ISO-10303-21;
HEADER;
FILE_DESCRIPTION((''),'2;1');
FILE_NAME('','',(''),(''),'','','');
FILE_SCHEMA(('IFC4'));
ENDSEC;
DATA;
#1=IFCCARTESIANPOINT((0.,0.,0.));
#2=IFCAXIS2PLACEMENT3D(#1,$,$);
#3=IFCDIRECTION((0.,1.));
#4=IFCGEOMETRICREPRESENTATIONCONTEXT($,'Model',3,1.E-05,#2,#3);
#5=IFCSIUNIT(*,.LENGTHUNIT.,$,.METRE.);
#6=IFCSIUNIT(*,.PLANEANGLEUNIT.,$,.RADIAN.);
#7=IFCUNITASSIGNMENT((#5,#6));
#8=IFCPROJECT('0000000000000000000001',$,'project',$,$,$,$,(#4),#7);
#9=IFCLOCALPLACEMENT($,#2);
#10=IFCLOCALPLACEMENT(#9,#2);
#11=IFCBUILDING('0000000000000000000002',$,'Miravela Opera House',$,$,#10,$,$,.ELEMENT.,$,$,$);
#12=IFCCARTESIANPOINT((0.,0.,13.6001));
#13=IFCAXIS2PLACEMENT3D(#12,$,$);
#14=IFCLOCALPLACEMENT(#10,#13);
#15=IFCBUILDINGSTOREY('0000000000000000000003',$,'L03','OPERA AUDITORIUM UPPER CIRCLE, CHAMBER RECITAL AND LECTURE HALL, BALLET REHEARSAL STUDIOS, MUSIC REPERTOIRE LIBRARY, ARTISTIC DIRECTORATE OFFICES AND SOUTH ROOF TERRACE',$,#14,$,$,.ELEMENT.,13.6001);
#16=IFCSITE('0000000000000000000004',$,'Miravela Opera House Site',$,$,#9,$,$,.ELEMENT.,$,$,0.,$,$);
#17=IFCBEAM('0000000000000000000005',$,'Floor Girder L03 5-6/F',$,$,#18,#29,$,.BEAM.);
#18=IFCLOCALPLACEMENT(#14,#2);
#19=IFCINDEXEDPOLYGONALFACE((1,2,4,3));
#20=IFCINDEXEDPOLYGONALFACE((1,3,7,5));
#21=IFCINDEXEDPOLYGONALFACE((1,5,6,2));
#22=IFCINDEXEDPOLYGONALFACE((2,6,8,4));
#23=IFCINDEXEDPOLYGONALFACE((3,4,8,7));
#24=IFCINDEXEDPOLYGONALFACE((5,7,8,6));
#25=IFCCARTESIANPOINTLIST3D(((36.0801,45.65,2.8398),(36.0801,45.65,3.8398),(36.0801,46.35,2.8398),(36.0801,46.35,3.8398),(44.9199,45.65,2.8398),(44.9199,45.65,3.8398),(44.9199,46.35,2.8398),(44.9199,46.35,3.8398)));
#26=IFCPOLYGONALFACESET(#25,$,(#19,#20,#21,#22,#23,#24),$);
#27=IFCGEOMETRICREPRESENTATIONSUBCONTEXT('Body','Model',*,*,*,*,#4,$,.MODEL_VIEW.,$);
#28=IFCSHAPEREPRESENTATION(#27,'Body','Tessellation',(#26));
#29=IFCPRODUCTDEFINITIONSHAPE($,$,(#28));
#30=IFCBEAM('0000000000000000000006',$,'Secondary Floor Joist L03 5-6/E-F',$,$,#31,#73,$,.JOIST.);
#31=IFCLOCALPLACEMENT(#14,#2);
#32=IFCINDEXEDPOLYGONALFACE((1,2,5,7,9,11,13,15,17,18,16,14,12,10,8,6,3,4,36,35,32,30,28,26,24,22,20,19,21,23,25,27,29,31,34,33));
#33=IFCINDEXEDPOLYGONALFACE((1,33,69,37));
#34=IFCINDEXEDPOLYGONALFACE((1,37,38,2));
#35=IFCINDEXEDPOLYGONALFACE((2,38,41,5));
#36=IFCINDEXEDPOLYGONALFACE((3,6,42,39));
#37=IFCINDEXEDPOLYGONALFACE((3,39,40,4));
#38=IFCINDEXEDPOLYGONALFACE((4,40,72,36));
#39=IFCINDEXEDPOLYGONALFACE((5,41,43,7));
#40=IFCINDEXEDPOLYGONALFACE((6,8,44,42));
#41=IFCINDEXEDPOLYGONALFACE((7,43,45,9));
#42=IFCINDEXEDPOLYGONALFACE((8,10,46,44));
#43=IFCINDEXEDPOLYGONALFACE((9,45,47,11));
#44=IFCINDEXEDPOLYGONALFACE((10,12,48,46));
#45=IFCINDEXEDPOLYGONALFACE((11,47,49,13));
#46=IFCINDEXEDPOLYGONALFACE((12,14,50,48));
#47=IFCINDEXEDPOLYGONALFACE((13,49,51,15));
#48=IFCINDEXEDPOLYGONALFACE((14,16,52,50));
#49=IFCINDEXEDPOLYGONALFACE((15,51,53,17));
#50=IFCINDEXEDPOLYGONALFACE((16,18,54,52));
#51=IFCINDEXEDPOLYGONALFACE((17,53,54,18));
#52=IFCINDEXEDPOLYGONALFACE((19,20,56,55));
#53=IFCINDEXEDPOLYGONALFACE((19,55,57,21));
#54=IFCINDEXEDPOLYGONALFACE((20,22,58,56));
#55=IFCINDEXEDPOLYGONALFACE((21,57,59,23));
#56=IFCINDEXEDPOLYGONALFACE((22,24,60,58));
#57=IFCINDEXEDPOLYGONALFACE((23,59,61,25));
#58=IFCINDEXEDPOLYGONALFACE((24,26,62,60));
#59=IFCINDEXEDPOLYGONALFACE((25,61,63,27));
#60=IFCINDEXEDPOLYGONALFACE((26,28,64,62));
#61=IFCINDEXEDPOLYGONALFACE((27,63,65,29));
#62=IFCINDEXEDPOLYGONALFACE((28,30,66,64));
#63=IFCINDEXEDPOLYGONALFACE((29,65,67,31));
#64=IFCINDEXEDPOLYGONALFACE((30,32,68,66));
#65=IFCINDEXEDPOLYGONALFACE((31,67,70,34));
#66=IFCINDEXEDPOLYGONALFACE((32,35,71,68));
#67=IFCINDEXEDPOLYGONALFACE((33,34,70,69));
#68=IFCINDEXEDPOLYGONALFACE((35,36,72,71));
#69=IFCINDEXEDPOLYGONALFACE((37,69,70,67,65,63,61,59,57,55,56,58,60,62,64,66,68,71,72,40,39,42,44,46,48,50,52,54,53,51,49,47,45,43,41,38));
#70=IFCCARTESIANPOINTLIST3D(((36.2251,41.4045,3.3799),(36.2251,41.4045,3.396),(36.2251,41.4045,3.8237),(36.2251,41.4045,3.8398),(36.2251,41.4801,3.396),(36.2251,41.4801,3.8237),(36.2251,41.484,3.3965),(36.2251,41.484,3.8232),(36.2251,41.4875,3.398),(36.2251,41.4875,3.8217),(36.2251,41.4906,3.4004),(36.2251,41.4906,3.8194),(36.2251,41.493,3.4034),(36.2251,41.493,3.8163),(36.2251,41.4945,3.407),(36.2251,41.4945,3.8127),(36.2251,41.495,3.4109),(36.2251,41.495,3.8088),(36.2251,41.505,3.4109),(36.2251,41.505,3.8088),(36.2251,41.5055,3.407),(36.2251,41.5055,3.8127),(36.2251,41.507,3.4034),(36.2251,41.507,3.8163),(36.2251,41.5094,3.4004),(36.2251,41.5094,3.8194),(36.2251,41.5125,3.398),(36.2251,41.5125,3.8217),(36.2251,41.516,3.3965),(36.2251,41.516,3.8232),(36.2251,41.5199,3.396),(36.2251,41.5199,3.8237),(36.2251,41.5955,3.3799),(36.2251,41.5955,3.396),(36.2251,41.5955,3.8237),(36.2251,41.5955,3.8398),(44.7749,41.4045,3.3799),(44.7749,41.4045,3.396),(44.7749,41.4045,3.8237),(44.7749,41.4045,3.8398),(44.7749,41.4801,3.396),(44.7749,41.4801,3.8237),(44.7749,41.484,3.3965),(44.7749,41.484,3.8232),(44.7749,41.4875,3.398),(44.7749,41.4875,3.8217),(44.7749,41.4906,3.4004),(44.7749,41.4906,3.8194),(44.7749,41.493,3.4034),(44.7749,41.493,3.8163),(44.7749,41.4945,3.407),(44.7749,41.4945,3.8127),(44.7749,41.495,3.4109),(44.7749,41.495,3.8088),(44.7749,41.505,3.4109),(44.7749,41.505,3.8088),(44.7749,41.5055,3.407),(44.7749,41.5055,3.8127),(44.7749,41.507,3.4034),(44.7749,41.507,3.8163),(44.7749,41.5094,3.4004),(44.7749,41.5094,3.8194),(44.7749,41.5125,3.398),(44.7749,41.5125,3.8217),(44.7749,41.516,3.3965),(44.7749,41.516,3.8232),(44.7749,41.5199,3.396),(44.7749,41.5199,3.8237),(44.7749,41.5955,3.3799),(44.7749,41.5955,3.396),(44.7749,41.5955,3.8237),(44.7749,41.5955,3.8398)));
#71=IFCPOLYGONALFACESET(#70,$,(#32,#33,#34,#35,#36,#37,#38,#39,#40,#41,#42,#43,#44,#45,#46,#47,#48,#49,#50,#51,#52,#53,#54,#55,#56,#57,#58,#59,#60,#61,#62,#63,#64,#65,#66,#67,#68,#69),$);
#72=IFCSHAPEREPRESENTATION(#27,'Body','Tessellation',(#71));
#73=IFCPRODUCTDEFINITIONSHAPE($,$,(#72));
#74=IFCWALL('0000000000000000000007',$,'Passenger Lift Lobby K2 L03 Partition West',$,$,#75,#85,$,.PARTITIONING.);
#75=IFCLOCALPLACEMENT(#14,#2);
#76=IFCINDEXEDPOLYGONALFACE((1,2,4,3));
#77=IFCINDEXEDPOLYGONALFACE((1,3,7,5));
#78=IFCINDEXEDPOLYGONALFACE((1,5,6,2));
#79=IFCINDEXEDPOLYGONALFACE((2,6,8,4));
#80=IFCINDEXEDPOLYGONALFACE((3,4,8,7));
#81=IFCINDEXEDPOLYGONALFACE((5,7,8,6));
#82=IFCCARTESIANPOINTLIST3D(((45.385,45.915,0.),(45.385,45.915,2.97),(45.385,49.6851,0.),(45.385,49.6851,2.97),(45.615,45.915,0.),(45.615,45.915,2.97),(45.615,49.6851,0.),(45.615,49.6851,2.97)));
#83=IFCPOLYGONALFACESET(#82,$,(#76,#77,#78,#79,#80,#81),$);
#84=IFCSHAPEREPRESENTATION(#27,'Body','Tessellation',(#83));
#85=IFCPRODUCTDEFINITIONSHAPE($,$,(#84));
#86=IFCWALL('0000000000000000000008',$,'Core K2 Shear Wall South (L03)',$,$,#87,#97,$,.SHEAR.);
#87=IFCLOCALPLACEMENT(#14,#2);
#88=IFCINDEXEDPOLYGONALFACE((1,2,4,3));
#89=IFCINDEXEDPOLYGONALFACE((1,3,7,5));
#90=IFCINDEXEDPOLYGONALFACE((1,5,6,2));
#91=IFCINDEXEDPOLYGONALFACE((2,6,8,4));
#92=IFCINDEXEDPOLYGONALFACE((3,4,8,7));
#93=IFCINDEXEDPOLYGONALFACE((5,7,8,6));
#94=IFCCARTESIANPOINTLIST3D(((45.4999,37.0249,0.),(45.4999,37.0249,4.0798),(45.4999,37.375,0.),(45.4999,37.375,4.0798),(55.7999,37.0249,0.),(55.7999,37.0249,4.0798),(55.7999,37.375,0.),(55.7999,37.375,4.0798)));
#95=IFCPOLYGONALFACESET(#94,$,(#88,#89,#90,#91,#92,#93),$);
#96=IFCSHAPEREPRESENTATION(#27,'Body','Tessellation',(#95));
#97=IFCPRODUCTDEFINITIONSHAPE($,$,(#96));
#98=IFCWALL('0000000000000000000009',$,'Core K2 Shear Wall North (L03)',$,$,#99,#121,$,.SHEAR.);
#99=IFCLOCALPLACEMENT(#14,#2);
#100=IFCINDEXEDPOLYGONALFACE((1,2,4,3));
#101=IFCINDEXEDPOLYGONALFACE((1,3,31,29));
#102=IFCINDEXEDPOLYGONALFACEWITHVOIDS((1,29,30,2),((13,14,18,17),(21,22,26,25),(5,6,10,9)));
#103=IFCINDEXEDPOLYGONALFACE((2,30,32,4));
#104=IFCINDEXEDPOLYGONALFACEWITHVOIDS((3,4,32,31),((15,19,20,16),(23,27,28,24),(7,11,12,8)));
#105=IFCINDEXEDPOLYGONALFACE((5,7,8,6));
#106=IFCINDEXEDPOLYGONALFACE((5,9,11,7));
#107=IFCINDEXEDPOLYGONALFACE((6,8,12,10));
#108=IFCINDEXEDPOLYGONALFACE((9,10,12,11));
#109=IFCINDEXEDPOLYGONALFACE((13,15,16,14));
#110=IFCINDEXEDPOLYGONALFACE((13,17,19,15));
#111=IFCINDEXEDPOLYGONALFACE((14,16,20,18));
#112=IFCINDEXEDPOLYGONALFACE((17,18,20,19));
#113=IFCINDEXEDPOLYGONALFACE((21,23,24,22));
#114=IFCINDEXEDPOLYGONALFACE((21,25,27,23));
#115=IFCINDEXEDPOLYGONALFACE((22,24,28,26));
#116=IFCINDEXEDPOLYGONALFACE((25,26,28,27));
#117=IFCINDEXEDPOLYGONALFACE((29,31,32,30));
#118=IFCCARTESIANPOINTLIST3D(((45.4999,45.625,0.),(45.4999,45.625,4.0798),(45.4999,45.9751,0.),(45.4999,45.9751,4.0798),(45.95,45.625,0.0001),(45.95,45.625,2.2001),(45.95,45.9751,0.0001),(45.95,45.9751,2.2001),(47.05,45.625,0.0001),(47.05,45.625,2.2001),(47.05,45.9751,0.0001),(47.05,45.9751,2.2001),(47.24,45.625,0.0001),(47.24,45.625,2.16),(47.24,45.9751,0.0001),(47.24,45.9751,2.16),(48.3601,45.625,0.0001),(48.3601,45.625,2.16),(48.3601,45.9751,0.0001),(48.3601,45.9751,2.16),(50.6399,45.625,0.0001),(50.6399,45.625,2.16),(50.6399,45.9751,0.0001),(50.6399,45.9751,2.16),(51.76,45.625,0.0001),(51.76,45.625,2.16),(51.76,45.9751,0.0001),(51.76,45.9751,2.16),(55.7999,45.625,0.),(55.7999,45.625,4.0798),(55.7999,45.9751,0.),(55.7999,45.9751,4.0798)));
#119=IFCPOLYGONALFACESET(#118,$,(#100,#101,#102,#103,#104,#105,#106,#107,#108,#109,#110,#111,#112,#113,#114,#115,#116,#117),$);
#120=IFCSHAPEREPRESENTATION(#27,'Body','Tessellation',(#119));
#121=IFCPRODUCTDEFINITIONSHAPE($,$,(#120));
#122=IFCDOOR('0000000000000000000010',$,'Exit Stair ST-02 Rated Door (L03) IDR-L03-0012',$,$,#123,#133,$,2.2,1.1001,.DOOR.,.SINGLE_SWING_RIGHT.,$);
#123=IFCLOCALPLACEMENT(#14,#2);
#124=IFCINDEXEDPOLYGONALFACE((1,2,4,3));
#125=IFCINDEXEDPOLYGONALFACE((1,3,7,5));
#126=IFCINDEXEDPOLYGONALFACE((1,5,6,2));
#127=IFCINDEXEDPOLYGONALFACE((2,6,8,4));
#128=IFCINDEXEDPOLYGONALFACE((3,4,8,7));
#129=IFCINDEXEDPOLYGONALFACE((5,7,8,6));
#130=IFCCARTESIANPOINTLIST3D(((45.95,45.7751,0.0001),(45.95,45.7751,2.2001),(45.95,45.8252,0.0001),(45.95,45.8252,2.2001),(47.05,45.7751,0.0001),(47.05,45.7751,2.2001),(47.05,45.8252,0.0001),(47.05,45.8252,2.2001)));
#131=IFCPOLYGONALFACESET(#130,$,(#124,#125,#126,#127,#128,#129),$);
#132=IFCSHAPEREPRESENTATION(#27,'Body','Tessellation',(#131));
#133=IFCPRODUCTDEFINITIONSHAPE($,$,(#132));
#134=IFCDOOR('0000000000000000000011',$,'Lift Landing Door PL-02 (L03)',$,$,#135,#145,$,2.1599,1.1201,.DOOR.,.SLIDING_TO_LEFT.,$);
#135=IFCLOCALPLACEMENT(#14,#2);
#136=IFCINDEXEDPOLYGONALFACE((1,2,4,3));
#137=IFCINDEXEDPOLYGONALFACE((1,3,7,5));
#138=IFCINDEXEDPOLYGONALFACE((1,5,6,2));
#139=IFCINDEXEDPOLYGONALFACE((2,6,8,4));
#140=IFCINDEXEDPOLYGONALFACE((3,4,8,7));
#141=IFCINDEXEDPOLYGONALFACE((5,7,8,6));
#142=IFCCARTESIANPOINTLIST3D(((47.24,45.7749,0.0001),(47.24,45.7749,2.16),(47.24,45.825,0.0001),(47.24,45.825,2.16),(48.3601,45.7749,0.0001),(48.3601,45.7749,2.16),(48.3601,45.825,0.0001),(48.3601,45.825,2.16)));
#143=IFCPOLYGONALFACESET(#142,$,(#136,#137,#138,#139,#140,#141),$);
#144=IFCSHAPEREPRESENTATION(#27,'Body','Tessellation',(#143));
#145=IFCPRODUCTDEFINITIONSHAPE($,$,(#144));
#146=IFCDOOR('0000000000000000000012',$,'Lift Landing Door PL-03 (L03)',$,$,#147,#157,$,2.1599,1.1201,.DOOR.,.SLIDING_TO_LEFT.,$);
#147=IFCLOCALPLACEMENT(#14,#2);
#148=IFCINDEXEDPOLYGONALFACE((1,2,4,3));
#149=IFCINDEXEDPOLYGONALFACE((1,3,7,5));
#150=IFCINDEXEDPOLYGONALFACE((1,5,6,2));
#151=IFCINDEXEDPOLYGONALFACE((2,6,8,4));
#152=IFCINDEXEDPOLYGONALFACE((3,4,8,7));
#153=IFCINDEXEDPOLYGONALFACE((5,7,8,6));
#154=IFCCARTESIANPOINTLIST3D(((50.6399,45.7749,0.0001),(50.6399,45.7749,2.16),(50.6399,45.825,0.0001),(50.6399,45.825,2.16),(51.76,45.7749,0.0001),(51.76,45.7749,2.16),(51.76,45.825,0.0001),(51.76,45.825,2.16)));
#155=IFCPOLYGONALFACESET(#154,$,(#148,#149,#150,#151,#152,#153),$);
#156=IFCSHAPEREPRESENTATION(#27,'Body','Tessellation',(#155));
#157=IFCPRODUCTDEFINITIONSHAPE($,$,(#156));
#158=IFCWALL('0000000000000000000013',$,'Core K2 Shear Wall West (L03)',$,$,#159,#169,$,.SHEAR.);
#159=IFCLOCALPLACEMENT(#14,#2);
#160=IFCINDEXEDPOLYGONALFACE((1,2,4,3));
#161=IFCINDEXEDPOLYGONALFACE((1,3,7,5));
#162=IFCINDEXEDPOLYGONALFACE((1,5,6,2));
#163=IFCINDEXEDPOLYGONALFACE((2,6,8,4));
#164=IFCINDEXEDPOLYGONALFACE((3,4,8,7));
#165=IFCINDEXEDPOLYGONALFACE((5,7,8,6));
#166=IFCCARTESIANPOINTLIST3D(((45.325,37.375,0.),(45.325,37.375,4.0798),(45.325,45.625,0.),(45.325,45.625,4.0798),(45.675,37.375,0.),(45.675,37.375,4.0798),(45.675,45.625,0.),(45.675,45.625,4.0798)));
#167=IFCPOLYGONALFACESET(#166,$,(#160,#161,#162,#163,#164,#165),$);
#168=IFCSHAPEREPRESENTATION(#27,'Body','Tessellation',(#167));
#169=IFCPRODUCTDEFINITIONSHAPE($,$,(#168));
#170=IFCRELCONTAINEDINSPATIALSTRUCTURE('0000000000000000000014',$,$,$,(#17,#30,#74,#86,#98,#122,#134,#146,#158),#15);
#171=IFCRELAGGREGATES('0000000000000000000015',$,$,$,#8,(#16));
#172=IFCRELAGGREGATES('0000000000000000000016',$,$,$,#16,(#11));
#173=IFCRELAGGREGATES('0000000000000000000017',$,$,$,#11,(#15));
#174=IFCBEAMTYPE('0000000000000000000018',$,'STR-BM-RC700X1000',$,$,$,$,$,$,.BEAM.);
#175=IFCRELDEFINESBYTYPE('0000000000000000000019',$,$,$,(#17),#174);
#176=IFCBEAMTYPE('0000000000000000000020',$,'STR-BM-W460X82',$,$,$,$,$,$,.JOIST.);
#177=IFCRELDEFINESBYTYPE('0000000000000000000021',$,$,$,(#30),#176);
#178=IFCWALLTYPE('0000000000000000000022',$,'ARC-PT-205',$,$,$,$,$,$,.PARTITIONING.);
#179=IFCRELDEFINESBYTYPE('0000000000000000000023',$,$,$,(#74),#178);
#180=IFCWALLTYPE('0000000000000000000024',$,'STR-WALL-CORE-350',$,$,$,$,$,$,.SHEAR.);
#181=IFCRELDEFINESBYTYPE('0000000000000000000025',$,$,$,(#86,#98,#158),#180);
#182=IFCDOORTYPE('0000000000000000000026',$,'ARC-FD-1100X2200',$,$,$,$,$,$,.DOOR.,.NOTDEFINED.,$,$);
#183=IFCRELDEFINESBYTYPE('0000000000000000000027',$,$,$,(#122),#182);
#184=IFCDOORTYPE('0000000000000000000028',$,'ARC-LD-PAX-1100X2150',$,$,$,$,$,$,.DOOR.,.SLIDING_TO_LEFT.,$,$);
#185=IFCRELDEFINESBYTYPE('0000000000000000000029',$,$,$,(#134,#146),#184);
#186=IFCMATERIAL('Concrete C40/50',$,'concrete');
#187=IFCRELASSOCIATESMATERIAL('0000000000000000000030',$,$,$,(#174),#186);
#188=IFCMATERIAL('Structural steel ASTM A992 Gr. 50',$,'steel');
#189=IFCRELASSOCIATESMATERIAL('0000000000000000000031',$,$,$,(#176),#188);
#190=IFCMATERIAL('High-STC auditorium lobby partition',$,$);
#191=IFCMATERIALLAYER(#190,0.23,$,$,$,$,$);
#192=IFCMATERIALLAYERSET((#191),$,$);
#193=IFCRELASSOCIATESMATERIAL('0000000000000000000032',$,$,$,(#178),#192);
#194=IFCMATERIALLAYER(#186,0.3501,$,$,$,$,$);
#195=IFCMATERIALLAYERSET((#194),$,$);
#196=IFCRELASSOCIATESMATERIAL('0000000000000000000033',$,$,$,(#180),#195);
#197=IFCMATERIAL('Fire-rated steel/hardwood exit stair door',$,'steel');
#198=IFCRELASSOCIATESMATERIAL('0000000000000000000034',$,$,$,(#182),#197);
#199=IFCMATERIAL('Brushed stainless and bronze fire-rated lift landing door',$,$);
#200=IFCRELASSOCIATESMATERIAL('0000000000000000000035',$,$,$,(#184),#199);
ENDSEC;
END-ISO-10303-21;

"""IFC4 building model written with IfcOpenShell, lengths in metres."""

from ifc_helpers import new_model, si_unit, direction, frame, frame_2d, origin, origin_2d, place, context, subcontext, project, spatial, rectangle, i_section, extrude, material, layer, layer_set, material_profile, profile_set, type_object, element, fill, save


model = new_model("IFC4")

# Units and contexts
model_context = context("Model", 3, precision=1e-05, world=origin(), true_north=direction((0.0, 1.0)))
body_context = subcontext(model_context, "Body", "Model", "MODEL_VIEW")
ifc_project = project(units=[si_unit("LENGTHUNIT", "METRE"), si_unit("PLANEANGLEUNIT", "RADIAN")], contexts=[model_context])

# Site, building, storey
site_placement = place(None, origin())
site = spatial("IfcSite", under=ifc_project, at=site_placement, Name="Miravela Opera House Site", CompositionType="ELEMENT", RefElevation=0.0)
building_placement = place(site_placement, origin())
building = spatial("IfcBuilding", under=site, at=building_placement, Name="Miravela Opera House", CompositionType="ELEMENT")
storey_placement = place(building_placement, frame((0.0, 0.0, 13.6001)))
storey = spatial("IfcBuildingStorey", under=building, at=storey_placement, Name="L03", Description="OPERA AUDITORIUM UPPER CIRCLE, CHAMBER RECITAL AND LECTURE HALL, BALLET REHEARSAL STUDIOS, MUSIC REPERTOIRE LIBRARY, ARTISTIC DIRECTORATE OFFICES AND SOUTH ROOF TERRACE", CompositionType="ELEMENT", Elevation=13.6001)

# Beams
ifc_material_1 = material(Name="Concrete C40/50", Category="concrete")
ifc_material_profile_1 = material_profile(ifc_material_1, rectangle(XDim=0.7, YDim=1.0, at=origin_2d()), Name="RC-BM-700X1000")
ifc_profile_set_1 = profile_set([ifc_material_profile_1])
beam_type_1 = type_object("IfcBeamType", Name="STR-BM-RC700X1000", PredefinedType="BEAM", material=ifc_profile_set_1)
beam_1_placement = place(storey_placement, frame((36.0801, 46.0, 3.3398), z_axis=(1.0, 0.0, 0.0), x_axis=(0.0, 1.0, 0.0)))
element("IfcBeam", 1, at=beam_1_placement, inside=storey, type_object=beam_type_1, Name="Floor Girder L03 5-6/F", PredefinedType="BEAM", context=body_context, shape_type="SweptSolid", body=[
    extrude(rectangle(XDim=0.7, YDim=1.0, at=origin_2d()), origin(), (0.0, 0.0, 1.0), 8.8398),
])
ifc_material_2 = material(Name="Structural steel ASTM A992 Gr. 50", Category="steel")
ifc_material_profile_2 = material_profile(ifc_material_2, i_section(OverallWidth=0.1909, OverallDepth=0.46, WebThickness=0.01, FlangeThickness=0.0161, FilletRadius=0.0149, at=origin_2d()), Name="W460X82")
ifc_profile_set_2 = profile_set([ifc_material_profile_2])
beam_type_2 = type_object("IfcBeamType", Name="STR-BM-W460X82", PredefinedType="JOIST", material=ifc_profile_set_2)
beam_2_placement = place(storey_placement, frame((36.2251, 41.5, 3.6099), z_axis=(1.0, 0.0, 0.0), x_axis=(0.0, 1.0, 0.0)))
element("IfcBeam", 2, at=beam_2_placement, inside=storey, type_object=beam_type_2, Name="Secondary Floor Joist L03 5-6/E-F", PredefinedType="JOIST", context=body_context, shape_type="SweptSolid", body=[
    extrude(i_section(OverallWidth=0.1909, OverallDepth=0.46, WebThickness=0.01, FlangeThickness=0.0161, FilletRadius=0.0149, at=origin_2d()), origin(), (0.0, 0.0, 1.0), 8.5498),
])

# Walls
ifc_material_3 = material(Name="High-STC auditorium lobby partition")
ifc_layer_1 = layer(ifc_material_3, 0.23)
ifc_layer_set_1 = layer_set([ifc_layer_1])
wall_type_1 = type_object("IfcWallType", Name="ARC-PT-205", PredefinedType="PARTITIONING", material=ifc_layer_set_1)
wall_1_placement = place(storey_placement, frame((45.5, 45.915, 0.0), z_axis=(0.0, 0.0, 1.0), x_axis=(0.0, 1.0, 0.0)))
element("IfcWall", 3, at=wall_1_placement, inside=storey, type_object=wall_type_1, Name="Passenger Lift Lobby K2 L03 Partition West", PredefinedType="PARTITIONING", context=body_context, shape_type="SweptSolid", body=[
    extrude(rectangle(XDim=3.77, YDim=0.23, at=frame_2d((1.885, 0.0))), origin(), (0.0, 0.0, 1.0), 2.97),
])
ifc_layer_2 = layer(ifc_material_1, 0.3501)
ifc_layer_set_2 = layer_set([ifc_layer_2])
wall_type_2 = type_object("IfcWallType", Name="STR-WALL-CORE-350", PredefinedType="SHEAR", material=ifc_layer_set_2)
wall_2_placement = place(storey_placement, frame((45.5, 37.2, 0.0), z_axis=(0.0, 0.0, 1.0), x_axis=(1.0, 0.0, 0.0)))
element("IfcWall", 4, at=wall_2_placement, inside=storey, type_object=wall_type_2, Name="Core K2 Shear Wall South (L03)", PredefinedType="SHEAR", context=body_context, shape_type="SweptSolid", body=[
    extrude(rectangle(XDim=10.3, YDim=0.3501, at=frame_2d((5.1499, 0.0))), origin(), (0.0, 0.0, 1.0), 4.0798),
])

# Wall, openings, doors
wall_3_placement = place(storey_placement, frame((45.5, 45.8, 0.0), z_axis=(0.0, 0.0, 1.0), x_axis=(1.0, 0.0, 0.0)))
wall_3 = element("IfcWall", 5, at=wall_3_placement, inside=storey, type_object=wall_type_2, Name="Core K2 Shear Wall North (L03)", PredefinedType="SHEAR", context=body_context, shape_type="SweptSolid", body=[
    extrude(rectangle(XDim=10.3, YDim=0.3501, at=frame_2d((5.1499, 0.0))), origin(), (0.0, 0.0, 1.0), 4.0798),
])
opening_1_placement = place(wall_3_placement, frame((0.45, 0.0, 0.0)))
opening_1 = element("IfcOpeningElement", 6, at=opening_1_placement, cuts=wall_3, PredefinedType="OPENING", context=body_context, shape_type="SweptSolid", body=[
    extrude(rectangle(XDim=1.1001, YDim=2.2, at=frame_2d((0.55, 1.1001))), frame((0.0, 0.1851, 0.0), z_axis=(0.0, -1.0, 0.0), x_axis=(1.0, 0.0, 0.0)), (0.0, 0.0, 1.0), 0.3701),
])
opening_2_placement = place(wall_3_placement, frame((1.74, 0.0, 0.0)))
opening_2 = element("IfcOpeningElement", 7, at=opening_2_placement, cuts=wall_3, PredefinedType="OPENING", context=body_context, shape_type="SweptSolid", body=[
    extrude(rectangle(XDim=1.1201, YDim=2.1599, at=frame_2d((0.5601, 1.0801))), frame((0.0, 0.1851, 0.0), z_axis=(0.0, -1.0, 0.0), x_axis=(1.0, 0.0, 0.0)), (0.0, 0.0, 1.0), 0.3701),
])
opening_3_placement = place(wall_3_placement, frame((5.1399, 0.0, 0.0)))
opening_3 = element("IfcOpeningElement", 8, at=opening_3_placement, cuts=wall_3, PredefinedType="OPENING", context=body_context, shape_type="SweptSolid", body=[
    extrude(rectangle(XDim=1.1201, YDim=2.1599, at=frame_2d((0.5601, 1.0801))), frame((0.0, 0.1851, 0.0), z_axis=(0.0, -1.0, 0.0), x_axis=(1.0, 0.0, 0.0)), (0.0, 0.0, 1.0), 0.3701),
])
ifc_material_4 = material(Name="Fire-rated steel/hardwood exit stair door", Category="steel")
door_type_1 = type_object("IfcDoorType", Name="ARC-FD-1100X2200", OperationType="NOTDEFINED", PredefinedType="DOOR", material=ifc_material_4)
door_1_placement = place(opening_1_placement, frame((1.1001, 0.0, 0.0), z_axis=(0.0, 0.0, 1.0), x_axis=(-1.0, 0.0, 0.0)))
door_1 = element("IfcDoor", 9, at=door_1_placement, inside=storey, type_object=door_type_1, Name="Exit Stair ST-02 Rated Door (L03) IDR-L03-0012", OperationType="SINGLE_SWING_RIGHT", OverallHeight=2.2, OverallWidth=1.1001, PredefinedType="DOOR", context=body_context, shape_type="SweptSolid", body=[
    extrude(rectangle(XDim=1.1001, YDim=2.2, at=frame_2d((0.55, 1.1001))), frame((0.0, 0.0249, 0.0), z_axis=(0.0, -1.0, 0.0), x_axis=(1.0, 0.0, 0.0)), (0.0, 0.0, 1.0), 0.05),
])
fill(opening_1, door_1)
ifc_material_5 = material(Name="Brushed stainless and bronze fire-rated lift landing door")
door_type_2 = type_object("IfcDoorType", Name="ARC-LD-PAX-1100X2150", OperationType="SLIDING_TO_LEFT", PredefinedType="DOOR", material=ifc_material_5)
door_2_placement = place(opening_2_placement, origin())
door_2 = element("IfcDoor", 10, at=door_2_placement, inside=storey, type_object=door_type_2, Name="Lift Landing Door PL-02 (L03)", OperationType="SLIDING_TO_LEFT", OverallHeight=2.1599, OverallWidth=1.1201, PredefinedType="DOOR", context=body_context, shape_type="SweptSolid", body=[
    extrude(rectangle(XDim=1.1201, YDim=2.1599, at=frame_2d((0.5601, 1.0801))), frame((0.0, 0.0249, 0.0), z_axis=(0.0, -1.0, 0.0), x_axis=(1.0, 0.0, 0.0)), (0.0, 0.0, 1.0), 0.05),
])
fill(opening_2, door_2)
door_3_placement = place(opening_3_placement, origin())
door_3 = element("IfcDoor", 11, at=door_3_placement, inside=storey, type_object=door_type_2, Name="Lift Landing Door PL-03 (L03)", OperationType="SLIDING_TO_LEFT", OverallHeight=2.1599, OverallWidth=1.1201, PredefinedType="DOOR", context=body_context, shape_type="SweptSolid", body=[
    extrude(rectangle(XDim=1.1201, YDim=2.1599, at=frame_2d((0.5601, 1.0801))), frame((0.0, 0.0249, 0.0), z_axis=(0.0, -1.0, 0.0), x_axis=(1.0, 0.0, 0.0)), (0.0, 0.0, 1.0), 0.05),
])
fill(opening_3, door_3)

# Wall
wall_4_placement = place(storey_placement, frame((45.5, 37.375, 0.0), z_axis=(0.0, 0.0, 1.0), x_axis=(0.0, 1.0, 0.0)))
element("IfcWall", 12, at=wall_4_placement, inside=storey, type_object=wall_type_2, Name="Core K2 Shear Wall West (L03)", PredefinedType="SHEAR", context=body_context, shape_type="SweptSolid", body=[
    extrude(rectangle(XDim=8.25, YDim=0.3501, at=frame_2d((4.125, 0.0))), origin(), (0.0, 0.0, 1.0), 4.0798),
])

save(model, "model.ifc")
